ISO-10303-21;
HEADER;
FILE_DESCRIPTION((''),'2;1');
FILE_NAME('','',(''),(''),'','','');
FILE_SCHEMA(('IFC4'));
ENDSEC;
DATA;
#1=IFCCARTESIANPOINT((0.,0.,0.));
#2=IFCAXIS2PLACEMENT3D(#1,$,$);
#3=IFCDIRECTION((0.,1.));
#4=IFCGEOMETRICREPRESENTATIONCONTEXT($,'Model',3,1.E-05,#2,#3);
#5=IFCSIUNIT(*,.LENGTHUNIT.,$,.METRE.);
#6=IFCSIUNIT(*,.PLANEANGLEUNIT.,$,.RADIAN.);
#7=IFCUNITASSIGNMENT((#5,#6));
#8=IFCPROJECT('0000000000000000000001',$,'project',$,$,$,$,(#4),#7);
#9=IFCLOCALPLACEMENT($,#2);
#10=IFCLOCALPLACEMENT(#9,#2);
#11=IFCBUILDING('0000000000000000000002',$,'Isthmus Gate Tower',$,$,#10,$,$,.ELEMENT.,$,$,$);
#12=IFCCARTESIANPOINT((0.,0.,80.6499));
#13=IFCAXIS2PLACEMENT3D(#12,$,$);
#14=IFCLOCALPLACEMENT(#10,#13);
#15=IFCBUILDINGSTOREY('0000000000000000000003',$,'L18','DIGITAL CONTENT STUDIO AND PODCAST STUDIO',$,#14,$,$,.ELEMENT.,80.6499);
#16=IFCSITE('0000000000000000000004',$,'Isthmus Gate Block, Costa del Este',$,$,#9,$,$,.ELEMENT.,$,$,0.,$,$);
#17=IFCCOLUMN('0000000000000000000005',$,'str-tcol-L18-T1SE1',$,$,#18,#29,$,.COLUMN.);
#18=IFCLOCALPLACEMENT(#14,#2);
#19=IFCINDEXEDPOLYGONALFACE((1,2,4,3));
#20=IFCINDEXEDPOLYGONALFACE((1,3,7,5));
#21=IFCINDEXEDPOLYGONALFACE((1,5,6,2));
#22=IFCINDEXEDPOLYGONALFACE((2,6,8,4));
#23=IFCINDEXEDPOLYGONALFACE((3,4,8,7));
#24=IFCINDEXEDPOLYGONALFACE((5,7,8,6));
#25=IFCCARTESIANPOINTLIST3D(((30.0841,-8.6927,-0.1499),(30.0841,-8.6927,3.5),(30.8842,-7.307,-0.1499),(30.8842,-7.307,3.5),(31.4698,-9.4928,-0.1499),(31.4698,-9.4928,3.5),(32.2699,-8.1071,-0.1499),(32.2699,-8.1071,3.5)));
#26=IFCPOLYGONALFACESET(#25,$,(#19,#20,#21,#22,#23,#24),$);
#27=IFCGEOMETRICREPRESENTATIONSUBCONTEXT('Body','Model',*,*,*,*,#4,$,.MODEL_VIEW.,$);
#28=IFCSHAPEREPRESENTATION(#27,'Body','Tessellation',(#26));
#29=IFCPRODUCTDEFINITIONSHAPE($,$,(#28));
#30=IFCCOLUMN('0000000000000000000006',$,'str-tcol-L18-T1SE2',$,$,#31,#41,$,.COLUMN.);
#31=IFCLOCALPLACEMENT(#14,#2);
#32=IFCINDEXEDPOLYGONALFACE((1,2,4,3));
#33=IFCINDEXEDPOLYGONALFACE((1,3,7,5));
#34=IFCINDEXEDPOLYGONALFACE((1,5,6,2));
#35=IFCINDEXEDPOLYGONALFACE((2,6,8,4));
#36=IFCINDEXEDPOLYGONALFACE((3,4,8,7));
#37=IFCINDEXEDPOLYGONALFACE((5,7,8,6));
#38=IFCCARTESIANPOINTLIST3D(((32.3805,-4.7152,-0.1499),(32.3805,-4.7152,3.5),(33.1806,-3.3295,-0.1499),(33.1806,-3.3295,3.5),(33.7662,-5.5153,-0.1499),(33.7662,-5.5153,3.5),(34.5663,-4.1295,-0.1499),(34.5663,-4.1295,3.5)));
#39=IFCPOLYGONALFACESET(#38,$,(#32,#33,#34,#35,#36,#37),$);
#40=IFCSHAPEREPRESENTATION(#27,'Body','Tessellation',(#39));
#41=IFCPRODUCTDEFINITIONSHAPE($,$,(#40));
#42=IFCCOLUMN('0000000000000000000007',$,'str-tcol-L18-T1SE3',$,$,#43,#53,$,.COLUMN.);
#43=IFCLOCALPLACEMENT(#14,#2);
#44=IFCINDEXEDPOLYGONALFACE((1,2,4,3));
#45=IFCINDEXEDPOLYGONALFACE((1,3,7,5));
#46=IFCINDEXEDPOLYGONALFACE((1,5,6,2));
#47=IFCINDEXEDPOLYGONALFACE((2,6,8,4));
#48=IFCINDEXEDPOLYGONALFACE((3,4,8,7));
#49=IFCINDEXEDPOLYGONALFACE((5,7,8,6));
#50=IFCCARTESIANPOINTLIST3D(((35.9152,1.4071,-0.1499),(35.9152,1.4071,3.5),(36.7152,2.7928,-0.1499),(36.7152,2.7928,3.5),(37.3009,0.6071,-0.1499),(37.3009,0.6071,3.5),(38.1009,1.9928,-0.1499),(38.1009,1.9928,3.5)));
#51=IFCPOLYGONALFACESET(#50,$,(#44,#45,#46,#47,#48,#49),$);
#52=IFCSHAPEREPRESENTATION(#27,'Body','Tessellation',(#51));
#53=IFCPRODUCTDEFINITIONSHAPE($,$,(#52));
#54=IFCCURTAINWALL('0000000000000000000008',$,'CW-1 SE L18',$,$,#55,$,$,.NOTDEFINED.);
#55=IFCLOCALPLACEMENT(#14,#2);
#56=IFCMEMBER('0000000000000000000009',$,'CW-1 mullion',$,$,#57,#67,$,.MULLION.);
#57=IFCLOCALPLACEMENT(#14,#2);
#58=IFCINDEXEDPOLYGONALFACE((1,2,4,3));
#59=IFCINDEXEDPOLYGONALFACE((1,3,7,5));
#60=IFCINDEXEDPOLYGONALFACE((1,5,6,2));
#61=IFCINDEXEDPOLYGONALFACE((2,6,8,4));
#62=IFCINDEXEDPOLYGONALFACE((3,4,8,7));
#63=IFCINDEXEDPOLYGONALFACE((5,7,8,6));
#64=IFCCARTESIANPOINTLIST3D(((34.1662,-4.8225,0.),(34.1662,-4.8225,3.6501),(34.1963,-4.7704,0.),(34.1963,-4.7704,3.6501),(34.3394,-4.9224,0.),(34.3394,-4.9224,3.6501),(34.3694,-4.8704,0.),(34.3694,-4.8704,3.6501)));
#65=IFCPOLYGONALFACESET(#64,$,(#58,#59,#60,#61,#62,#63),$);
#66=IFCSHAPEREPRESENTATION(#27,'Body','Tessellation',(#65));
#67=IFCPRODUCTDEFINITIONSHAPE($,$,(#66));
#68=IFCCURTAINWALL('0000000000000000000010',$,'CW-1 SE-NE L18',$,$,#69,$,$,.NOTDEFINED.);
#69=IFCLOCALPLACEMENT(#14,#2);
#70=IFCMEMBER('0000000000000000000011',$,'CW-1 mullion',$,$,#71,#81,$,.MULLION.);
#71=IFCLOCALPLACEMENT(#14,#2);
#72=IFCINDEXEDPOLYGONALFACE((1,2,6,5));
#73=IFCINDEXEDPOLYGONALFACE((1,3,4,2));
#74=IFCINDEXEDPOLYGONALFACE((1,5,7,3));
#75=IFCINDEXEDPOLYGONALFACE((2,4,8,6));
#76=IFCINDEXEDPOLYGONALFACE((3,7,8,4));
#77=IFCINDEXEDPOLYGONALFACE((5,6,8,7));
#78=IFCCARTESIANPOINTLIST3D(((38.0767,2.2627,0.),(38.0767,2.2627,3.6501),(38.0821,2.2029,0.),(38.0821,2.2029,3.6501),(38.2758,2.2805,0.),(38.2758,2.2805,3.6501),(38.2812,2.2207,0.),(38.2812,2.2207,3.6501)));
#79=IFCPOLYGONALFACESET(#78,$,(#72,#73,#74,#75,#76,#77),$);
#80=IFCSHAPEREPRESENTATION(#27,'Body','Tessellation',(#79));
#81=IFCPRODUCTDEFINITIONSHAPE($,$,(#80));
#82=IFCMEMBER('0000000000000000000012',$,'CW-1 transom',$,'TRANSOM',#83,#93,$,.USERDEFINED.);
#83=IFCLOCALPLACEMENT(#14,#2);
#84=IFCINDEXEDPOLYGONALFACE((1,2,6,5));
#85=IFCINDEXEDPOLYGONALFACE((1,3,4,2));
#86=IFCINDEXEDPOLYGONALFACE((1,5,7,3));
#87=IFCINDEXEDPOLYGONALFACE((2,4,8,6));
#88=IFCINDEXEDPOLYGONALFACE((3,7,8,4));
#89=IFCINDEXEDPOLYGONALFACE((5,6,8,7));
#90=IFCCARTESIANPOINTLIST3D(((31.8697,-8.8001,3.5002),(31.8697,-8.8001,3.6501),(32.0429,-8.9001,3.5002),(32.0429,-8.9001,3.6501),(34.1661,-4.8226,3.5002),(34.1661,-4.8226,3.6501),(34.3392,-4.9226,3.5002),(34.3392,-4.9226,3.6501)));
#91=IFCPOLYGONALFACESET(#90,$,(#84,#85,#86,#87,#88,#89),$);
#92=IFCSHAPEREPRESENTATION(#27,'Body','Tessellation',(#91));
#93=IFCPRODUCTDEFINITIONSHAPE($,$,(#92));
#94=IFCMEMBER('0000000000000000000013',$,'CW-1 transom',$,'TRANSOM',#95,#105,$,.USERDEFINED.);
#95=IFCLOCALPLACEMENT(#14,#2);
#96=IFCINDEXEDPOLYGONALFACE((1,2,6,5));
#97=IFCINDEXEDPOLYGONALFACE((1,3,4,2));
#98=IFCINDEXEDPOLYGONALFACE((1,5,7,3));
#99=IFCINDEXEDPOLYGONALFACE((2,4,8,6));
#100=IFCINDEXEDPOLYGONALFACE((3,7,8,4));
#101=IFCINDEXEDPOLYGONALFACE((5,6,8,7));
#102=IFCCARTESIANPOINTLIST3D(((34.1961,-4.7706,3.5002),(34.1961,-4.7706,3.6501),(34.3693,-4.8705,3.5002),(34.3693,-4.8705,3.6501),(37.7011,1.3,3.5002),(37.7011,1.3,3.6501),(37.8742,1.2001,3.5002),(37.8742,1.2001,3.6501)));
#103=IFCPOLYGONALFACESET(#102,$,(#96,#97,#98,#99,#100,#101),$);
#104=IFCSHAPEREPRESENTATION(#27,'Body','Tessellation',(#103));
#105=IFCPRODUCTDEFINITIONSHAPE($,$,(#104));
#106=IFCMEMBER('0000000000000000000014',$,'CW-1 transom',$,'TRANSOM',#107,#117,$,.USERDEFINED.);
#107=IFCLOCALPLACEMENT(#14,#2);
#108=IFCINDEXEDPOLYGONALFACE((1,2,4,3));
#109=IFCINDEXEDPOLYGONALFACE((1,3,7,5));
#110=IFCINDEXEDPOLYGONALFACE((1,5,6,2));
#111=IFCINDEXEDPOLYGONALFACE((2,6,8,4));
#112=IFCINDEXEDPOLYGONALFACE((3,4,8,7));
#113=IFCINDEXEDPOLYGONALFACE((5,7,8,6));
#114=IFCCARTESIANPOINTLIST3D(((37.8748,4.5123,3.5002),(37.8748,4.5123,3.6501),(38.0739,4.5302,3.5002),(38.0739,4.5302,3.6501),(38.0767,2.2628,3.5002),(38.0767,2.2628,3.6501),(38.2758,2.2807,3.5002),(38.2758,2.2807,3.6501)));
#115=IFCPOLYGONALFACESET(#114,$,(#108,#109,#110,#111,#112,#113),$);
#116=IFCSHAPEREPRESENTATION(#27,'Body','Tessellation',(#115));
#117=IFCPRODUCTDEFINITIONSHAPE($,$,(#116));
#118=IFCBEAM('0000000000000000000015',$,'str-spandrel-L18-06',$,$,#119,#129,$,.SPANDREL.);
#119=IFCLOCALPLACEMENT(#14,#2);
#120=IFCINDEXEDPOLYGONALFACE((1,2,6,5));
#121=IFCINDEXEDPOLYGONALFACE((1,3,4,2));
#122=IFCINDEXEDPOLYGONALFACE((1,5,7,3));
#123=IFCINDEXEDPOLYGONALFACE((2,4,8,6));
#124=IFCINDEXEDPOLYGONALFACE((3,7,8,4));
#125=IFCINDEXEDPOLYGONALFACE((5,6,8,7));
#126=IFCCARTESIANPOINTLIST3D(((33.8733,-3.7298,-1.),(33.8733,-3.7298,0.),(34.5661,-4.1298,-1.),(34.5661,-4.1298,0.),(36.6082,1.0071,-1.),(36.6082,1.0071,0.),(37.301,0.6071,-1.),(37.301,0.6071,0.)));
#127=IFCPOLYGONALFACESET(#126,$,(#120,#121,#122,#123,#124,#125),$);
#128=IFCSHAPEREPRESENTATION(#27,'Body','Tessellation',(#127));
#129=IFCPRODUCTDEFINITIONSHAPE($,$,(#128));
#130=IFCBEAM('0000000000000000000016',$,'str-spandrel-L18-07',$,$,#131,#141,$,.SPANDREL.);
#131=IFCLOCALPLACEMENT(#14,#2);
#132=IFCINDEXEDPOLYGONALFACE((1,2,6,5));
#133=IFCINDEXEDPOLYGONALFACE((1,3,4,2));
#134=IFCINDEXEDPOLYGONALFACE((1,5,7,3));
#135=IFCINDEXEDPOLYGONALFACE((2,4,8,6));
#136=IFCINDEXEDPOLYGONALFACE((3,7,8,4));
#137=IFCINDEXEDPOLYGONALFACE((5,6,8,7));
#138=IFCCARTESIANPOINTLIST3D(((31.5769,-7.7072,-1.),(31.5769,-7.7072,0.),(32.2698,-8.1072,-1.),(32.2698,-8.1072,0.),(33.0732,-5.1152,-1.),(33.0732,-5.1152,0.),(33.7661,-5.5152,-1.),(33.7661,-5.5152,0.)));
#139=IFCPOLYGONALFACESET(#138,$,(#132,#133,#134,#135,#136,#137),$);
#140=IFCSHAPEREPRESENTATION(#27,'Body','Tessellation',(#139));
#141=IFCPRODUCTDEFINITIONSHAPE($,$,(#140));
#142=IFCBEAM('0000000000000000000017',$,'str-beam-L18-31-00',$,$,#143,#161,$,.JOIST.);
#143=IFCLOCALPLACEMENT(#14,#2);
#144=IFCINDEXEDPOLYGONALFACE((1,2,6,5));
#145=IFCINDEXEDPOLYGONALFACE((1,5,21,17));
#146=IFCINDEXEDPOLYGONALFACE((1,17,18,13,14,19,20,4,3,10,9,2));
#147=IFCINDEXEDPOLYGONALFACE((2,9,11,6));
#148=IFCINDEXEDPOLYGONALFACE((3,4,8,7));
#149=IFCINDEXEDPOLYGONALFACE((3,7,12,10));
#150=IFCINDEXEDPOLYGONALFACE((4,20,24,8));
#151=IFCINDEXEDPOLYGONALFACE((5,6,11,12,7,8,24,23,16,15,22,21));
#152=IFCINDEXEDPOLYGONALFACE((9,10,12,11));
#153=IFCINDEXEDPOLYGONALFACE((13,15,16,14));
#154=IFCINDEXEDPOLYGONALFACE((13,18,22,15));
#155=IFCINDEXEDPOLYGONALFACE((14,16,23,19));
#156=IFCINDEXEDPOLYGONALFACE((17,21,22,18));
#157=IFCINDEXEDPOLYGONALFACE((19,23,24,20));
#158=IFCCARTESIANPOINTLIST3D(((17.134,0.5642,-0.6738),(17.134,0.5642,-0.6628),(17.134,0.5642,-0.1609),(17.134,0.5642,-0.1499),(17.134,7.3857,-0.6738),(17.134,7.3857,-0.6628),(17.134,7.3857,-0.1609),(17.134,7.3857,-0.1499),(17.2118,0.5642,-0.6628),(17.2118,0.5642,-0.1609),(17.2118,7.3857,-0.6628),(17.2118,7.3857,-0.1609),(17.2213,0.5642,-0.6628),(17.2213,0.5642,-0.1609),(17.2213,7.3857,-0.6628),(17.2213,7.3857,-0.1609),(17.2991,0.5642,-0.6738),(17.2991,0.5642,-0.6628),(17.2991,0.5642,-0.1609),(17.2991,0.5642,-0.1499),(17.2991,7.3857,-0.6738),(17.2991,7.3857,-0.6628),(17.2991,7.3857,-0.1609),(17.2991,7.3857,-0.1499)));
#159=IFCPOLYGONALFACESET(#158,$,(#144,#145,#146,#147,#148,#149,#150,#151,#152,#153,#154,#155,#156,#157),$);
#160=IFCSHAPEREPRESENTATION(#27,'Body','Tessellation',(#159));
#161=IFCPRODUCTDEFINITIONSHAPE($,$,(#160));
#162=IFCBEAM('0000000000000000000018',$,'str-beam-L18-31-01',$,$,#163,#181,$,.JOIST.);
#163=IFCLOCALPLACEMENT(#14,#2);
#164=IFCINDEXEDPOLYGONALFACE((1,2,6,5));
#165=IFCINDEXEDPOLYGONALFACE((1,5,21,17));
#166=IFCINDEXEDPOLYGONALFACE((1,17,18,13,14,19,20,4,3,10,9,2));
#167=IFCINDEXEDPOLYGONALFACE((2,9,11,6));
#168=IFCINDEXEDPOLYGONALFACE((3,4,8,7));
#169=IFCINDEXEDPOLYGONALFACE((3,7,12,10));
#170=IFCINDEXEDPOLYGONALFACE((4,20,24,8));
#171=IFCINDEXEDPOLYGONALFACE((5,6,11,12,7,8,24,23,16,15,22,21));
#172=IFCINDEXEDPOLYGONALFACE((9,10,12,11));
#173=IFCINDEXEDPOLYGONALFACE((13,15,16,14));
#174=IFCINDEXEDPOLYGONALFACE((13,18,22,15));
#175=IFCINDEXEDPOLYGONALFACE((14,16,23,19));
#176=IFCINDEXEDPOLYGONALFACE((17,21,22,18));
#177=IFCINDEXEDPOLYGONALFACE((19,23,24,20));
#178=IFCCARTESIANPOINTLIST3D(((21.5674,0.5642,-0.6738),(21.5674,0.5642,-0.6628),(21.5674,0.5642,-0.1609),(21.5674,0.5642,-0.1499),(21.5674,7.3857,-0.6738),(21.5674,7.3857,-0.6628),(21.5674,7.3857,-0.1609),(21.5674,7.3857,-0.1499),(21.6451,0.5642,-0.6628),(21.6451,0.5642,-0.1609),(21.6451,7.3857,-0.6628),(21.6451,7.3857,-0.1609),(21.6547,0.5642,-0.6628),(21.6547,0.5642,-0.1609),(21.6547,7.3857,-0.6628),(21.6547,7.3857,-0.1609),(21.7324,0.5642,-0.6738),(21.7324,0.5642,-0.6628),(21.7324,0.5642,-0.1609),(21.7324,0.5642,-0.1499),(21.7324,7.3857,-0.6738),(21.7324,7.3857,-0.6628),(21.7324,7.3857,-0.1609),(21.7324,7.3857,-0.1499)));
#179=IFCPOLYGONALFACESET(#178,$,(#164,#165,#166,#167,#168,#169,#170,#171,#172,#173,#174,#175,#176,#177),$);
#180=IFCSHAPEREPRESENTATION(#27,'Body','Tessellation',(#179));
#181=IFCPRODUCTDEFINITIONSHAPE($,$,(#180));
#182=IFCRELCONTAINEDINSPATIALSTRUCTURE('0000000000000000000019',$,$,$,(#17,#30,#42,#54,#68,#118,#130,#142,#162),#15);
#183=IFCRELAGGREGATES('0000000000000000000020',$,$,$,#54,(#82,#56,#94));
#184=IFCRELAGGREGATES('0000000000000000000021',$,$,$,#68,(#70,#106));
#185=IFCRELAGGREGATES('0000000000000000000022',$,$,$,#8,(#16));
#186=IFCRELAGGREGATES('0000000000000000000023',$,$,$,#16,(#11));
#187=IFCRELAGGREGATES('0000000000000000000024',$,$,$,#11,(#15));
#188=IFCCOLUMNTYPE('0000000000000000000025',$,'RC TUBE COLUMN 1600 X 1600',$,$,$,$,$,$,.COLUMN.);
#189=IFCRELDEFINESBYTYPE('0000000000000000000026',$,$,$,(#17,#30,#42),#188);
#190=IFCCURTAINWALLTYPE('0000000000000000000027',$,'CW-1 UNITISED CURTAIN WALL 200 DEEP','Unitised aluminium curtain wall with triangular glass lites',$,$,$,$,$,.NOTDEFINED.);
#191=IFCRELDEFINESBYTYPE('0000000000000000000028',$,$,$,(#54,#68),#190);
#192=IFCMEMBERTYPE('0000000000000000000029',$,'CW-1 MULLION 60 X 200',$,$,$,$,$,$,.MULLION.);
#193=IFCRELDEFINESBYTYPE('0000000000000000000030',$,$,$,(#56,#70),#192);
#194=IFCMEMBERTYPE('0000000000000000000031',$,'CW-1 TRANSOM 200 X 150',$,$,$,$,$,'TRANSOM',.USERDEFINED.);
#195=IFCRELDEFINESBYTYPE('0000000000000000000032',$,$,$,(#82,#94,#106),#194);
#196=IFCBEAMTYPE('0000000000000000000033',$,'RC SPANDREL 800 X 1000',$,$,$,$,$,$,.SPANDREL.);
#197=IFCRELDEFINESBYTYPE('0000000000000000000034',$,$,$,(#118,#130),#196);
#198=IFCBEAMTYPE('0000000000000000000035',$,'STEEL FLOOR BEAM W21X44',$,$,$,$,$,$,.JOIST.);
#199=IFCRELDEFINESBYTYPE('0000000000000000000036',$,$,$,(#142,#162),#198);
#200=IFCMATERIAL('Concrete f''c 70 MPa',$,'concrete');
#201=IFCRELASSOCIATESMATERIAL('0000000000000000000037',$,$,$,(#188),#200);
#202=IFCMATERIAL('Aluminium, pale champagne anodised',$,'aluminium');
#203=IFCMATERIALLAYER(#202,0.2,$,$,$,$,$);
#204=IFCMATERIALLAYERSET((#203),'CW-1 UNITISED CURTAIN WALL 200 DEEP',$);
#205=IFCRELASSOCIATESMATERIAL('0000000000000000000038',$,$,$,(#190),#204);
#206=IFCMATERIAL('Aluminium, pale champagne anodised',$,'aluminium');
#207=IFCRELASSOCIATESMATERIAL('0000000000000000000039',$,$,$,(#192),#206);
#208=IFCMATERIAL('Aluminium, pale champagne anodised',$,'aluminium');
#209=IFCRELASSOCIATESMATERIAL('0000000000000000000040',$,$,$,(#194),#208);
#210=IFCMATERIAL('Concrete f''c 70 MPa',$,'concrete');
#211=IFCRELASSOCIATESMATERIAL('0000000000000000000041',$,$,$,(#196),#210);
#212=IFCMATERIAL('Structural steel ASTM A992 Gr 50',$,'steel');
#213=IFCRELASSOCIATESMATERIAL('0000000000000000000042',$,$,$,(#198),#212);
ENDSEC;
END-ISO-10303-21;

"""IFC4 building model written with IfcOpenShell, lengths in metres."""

from ifc_helpers import new_model, si_unit, direction, frame, origin, origin_2d, place, context, subcontext, project, spatial, rectangle, i_section, extrude, material, layer, layer_set, material_profile, profile_set, type_object, element, aggregate, save


model = new_model("IFC4")

# Units and contexts
model_context = context("Model", 3, precision=1e-05, world=origin(), true_north=direction((0.0, 1.0)))
body_context = subcontext(model_context, "Body", "Model", "MODEL_VIEW")
ifc_project = project(units=[si_unit("LENGTHUNIT", "METRE"), si_unit("PLANEANGLEUNIT", "RADIAN")], contexts=[model_context])

# Site, building, storey
site_placement = place(None, origin())
site = spatial("IfcSite", under=ifc_project, at=site_placement, Name="Isthmus Gate Block, Costa del Este", CompositionType="ELEMENT", RefElevation=0.0)
building_placement = place(site_placement, origin())
building = spatial("IfcBuilding", under=site, at=building_placement, Name="Isthmus Gate Tower", CompositionType="ELEMENT")
storey_placement = place(building_placement, frame((0.0, 0.0, 80.6499)))
storey = spatial("IfcBuildingStorey", under=building, at=storey_placement, Name="L18", Description="DIGITAL CONTENT STUDIO AND PODCAST STUDIO", CompositionType="ELEMENT", Elevation=80.6499)

# Columns
ifc_material_1 = material(Name="Concrete f'c 70 MPa", Category="concrete")
ifc_material_profile_1 = material_profile(ifc_material_1, rectangle(XDim=1.6001, YDim=1.6001, at=origin_2d()), Name="RC 1600X1600")
ifc_profile_set_1 = profile_set([ifc_material_profile_1], Name="Concrete f'c 70 MPa")
column_type = type_object("IfcColumnType", Name="RC TUBE COLUMN 1600 X 1600", PredefinedType="COLUMN", material=ifc_profile_set_1)
for number, where, z_axis, x_axis, name in (
    (1, (31.177, -8.3999, -0.1499), (0.0, 0.0, 1.0), (0.5, 0.866025, 0.0), "str-tcol-L18-T1SE1"),
    (2, (33.4734, -4.4224, -0.1499), (0.0, 0.0, 1.0), (0.5, 0.866025, 0.0), "str-tcol-L18-T1SE2"),
    (3, (37.0081, 1.7, -0.1499), (0.0, 0.0, 1.0), (0.5, 0.866025, 0.0), "str-tcol-L18-T1SE3"),
):
    element("IfcColumn", number, at=place(storey_placement, frame(where, z_axis=z_axis, x_axis=x_axis)), inside=storey, type_object=column_type, Name=name, PredefinedType="COLUMN", context=body_context, shape_type="SweptSolid", body=[
        extrude(rectangle(XDim=1.6001, YDim=1.6001, at=origin_2d()), origin(), (0.0, 0.0, 1.0), 3.6499),
    ])

# Curtain walls, members
ifc_material_2 = material(Name="Aluminium, pale champagne anodised", Category="aluminium")
ifc_layer_1 = layer(ifc_material_2, 0.2)
ifc_layer_set_1 = layer_set([ifc_layer_1], Name="CW-1 UNITISED CURTAIN WALL 200 DEEP")
curtain_wall_type = type_object("IfcCurtainWallType", Name="CW-1 UNITISED CURTAIN WALL 200 DEEP", Description="Unitised aluminium curtain wall with triangular glass lites", PredefinedType="NOTDEFINED", material=ifc_layer_set_1)
curtain_wall_1_placement = place(storey_placement, origin())
curtain_wall_1 = element("IfcCurtainWall", 4, at=curtain_wall_1_placement, inside=storey, type_object=curtain_wall_type, Name="CW-1 SE L18", PredefinedType="NOTDEFINED")
ifc_material_3 = material(Name="Aluminium, pale champagne anodised", Category="aluminium")
ifc_material_profile_2 = material_profile(ifc_material_3, rectangle(XDim=0.0601, YDim=0.2, at=origin_2d()), Name="60x200")
ifc_profile_set_2 = profile_set([ifc_material_profile_2], Name="Aluminium, pale champagne anodised")
member_type_1 = type_object("IfcMemberType", Name="CW-1 MULLION 60 X 200", PredefinedType="MULLION", material=ifc_profile_set_2)
member_1_placement = place(storey_placement, frame((34.2678, -4.8464, 0.0), z_axis=(0.0, 0.0, 1.0), x_axis=(0.5, 0.866025, 0.0)))
member_1 = element("IfcMember", 5, at=member_1_placement, type_object=member_type_1, Name="CW-1 mullion", PredefinedType="MULLION", context=body_context, shape_type="SweptSolid", body=[
    extrude(rectangle(XDim=0.0601, YDim=0.2, at=origin_2d()), origin(), (0.0, 0.0, 1.0), 3.6501),
])
curtain_wall_2_placement = place(storey_placement, origin())
curtain_wall_2 = element("IfcCurtainWall", 6, at=curtain_wall_2_placement, inside=storey, type_object=curtain_wall_type, Name="CW-1 SE-NE L18", PredefinedType="NOTDEFINED")
member_2_placement = place(storey_placement, frame((38.179, 2.2417, 0.0), z_axis=(0.0, 0.0, 1.0), x_axis=(-0.089397, 0.995996, 0.0)))
member_2 = element("IfcMember", 7, at=member_2_placement, type_object=member_type_1, Name="CW-1 mullion", PredefinedType="MULLION", context=body_context, shape_type="SweptSolid", body=[
    extrude(rectangle(XDim=0.0601, YDim=0.2, at=origin_2d()), origin(), (0.0, 0.0, 1.0), 3.6501),
])

# Members
ifc_material_4 = material(Name="Aluminium, pale champagne anodised", Category="aluminium")
ifc_material_profile_3 = material_profile(ifc_material_4, rectangle(XDim=0.2, YDim=0.1499, at=origin_2d()), Name="200x150")
ifc_profile_set_3 = profile_set([ifc_material_profile_3], Name="Aluminium, pale champagne anodised")
member_type_2 = type_object("IfcMemberType", Name="CW-1 TRANSOM 200 X 150", ElementType="TRANSOM", PredefinedType="USERDEFINED", material=ifc_profile_set_3)
member_3_placement = place(storey_placement, frame((31.9563, -8.8501, 3.5752), z_axis=(0.499992, 0.86603, 0.0), x_axis=(-0.86603, 0.499992, 0.0)))
member_3 = element("IfcMember", 8, at=member_3_placement, type_object=member_type_2, Name="CW-1 transom", ObjectType="TRANSOM", PredefinedType="USERDEFINED", context=body_context, shape_type="SweptSolid", body=[
    extrude(rectangle(XDim=0.2, YDim=0.1499, at=origin_2d()), origin(), (0.0, 0.0, 1.0), 4.5928),
])
member_4_placement = place(storey_placement, frame((34.2827, -4.8206, 3.5752), z_axis=(0.500005, 0.866023, 0.0), x_axis=(-0.866023, 0.500005, 0.0)))
member_4 = element("IfcMember", 9, at=member_4_placement, type_object=member_type_2, Name="CW-1 transom", ObjectType="TRANSOM", PredefinedType="USERDEFINED", context=body_context, shape_type="SweptSolid", body=[
    extrude(rectangle(XDim=0.2, YDim=0.1499, at=origin_2d()), origin(), (0.0, 0.0, 1.0), 7.0098),
])
member_5_placement = place(storey_placement, frame((38.1763, 2.2717, 3.5752), z_axis=(-0.089395, 0.995996, 0.0), x_axis=(-0.995996, -0.089395, 0.0)))
member_5 = element("IfcMember", 10, at=member_5_placement, type_object=member_type_2, Name="CW-1 transom", ObjectType="TRANSOM", PredefinedType="USERDEFINED", context=body_context, shape_type="SweptSolid", body=[
    extrude(rectangle(XDim=0.2, YDim=0.1499, at=origin_2d()), origin(), (0.0, 0.0, 1.0), 2.2585),
])

# Beams
ifc_material_5 = material(Name="Concrete f'c 70 MPa", Category="concrete")
ifc_material_profile_4 = material_profile(ifc_material_5, rectangle(XDim=0.8, YDim=1.0, at=origin_2d()), Name="RC 800X1000")
ifc_profile_set_4 = profile_set([ifc_material_profile_4], Name="Concrete f'c 70 MPa")
beam_type_1 = type_object("IfcBeamType", Name="RC SPANDREL 800 X 1000", PredefinedType="SPANDREL", material=ifc_profile_set_4)
beam_1_placement = place(storey_placement, frame((36.9546, 0.8071, -0.5), z_axis=(-0.500008, -0.866021, 0.0), x_axis=(0.866021, -0.500008, 0.0)))
element("IfcBeam", 11, at=beam_1_placement, inside=storey, type_object=beam_type_1, Name="str-spandrel-L18-06", PredefinedType="SPANDREL", context=body_context, shape_type="SweptSolid", body=[
    extrude(rectangle(XDim=0.8, YDim=1.0, at=origin_2d()), origin(), (0.0, 0.0, 1.0), 5.4697),
])
beam_2_placement = place(storey_placement, frame((33.4197, -5.3152, -0.5), z_axis=(-0.499955, -0.866051, 0.0), x_axis=(0.866051, -0.499955, 0.0)))
element("IfcBeam", 12, at=beam_2_placement, inside=storey, type_object=beam_type_1, Name="str-spandrel-L18-07", PredefinedType="SPANDREL", context=body_context, shape_type="SweptSolid", body=[
    extrude(rectangle(XDim=0.8, YDim=1.0, at=origin_2d()), origin(), (0.0, 0.0, 1.0), 2.9929),
])
ifc_material_6 = material(Name="Structural steel ASTM A992 Gr 50", Category="steel")
ifc_material_profile_5 = material_profile(ifc_material_6, i_section(OverallWidth=0.165, OverallDepth=0.5239, WebThickness=0.0095, FlangeThickness=0.011, at=origin_2d()), Name="W21X44")
ifc_profile_set_5 = profile_set([ifc_material_profile_5], Name="Structural steel ASTM A992 Gr 50")
beam_type_2 = type_object("IfcBeamType", Name="STEEL FLOOR BEAM W21X44", PredefinedType="JOIST", material=ifc_profile_set_5)
for number, where, z_axis, x_axis, name in (
    (13, (17.2166, 0.5642, -0.4119), (0.0, 1.0, 0.0), (-1.0, 0.0, 0.0), "str-beam-L18-31-00"),
    (14, (21.6499, 0.5642, -0.4119), (0.0, 1.0, 0.0), (-1.0, 0.0, 0.0), "str-beam-L18-31-01"),
):
    element("IfcBeam", number, at=place(storey_placement, frame(where, z_axis=z_axis, x_axis=x_axis)), inside=storey, type_object=beam_type_2, Name=name, PredefinedType="JOIST", context=body_context, shape_type="SweptSolid", body=[
        extrude(i_section(OverallWidth=0.165, OverallDepth=0.5239, WebThickness=0.0095, FlangeThickness=0.011, at=origin_2d()), origin(), (0.0, 0.0, 1.0), 6.8215),
    ])

aggregate(curtain_wall_1, [member_3, member_1, member_4])
aggregate(curtain_wall_2, [member_2, member_5])

save(model, "model.ifc")
